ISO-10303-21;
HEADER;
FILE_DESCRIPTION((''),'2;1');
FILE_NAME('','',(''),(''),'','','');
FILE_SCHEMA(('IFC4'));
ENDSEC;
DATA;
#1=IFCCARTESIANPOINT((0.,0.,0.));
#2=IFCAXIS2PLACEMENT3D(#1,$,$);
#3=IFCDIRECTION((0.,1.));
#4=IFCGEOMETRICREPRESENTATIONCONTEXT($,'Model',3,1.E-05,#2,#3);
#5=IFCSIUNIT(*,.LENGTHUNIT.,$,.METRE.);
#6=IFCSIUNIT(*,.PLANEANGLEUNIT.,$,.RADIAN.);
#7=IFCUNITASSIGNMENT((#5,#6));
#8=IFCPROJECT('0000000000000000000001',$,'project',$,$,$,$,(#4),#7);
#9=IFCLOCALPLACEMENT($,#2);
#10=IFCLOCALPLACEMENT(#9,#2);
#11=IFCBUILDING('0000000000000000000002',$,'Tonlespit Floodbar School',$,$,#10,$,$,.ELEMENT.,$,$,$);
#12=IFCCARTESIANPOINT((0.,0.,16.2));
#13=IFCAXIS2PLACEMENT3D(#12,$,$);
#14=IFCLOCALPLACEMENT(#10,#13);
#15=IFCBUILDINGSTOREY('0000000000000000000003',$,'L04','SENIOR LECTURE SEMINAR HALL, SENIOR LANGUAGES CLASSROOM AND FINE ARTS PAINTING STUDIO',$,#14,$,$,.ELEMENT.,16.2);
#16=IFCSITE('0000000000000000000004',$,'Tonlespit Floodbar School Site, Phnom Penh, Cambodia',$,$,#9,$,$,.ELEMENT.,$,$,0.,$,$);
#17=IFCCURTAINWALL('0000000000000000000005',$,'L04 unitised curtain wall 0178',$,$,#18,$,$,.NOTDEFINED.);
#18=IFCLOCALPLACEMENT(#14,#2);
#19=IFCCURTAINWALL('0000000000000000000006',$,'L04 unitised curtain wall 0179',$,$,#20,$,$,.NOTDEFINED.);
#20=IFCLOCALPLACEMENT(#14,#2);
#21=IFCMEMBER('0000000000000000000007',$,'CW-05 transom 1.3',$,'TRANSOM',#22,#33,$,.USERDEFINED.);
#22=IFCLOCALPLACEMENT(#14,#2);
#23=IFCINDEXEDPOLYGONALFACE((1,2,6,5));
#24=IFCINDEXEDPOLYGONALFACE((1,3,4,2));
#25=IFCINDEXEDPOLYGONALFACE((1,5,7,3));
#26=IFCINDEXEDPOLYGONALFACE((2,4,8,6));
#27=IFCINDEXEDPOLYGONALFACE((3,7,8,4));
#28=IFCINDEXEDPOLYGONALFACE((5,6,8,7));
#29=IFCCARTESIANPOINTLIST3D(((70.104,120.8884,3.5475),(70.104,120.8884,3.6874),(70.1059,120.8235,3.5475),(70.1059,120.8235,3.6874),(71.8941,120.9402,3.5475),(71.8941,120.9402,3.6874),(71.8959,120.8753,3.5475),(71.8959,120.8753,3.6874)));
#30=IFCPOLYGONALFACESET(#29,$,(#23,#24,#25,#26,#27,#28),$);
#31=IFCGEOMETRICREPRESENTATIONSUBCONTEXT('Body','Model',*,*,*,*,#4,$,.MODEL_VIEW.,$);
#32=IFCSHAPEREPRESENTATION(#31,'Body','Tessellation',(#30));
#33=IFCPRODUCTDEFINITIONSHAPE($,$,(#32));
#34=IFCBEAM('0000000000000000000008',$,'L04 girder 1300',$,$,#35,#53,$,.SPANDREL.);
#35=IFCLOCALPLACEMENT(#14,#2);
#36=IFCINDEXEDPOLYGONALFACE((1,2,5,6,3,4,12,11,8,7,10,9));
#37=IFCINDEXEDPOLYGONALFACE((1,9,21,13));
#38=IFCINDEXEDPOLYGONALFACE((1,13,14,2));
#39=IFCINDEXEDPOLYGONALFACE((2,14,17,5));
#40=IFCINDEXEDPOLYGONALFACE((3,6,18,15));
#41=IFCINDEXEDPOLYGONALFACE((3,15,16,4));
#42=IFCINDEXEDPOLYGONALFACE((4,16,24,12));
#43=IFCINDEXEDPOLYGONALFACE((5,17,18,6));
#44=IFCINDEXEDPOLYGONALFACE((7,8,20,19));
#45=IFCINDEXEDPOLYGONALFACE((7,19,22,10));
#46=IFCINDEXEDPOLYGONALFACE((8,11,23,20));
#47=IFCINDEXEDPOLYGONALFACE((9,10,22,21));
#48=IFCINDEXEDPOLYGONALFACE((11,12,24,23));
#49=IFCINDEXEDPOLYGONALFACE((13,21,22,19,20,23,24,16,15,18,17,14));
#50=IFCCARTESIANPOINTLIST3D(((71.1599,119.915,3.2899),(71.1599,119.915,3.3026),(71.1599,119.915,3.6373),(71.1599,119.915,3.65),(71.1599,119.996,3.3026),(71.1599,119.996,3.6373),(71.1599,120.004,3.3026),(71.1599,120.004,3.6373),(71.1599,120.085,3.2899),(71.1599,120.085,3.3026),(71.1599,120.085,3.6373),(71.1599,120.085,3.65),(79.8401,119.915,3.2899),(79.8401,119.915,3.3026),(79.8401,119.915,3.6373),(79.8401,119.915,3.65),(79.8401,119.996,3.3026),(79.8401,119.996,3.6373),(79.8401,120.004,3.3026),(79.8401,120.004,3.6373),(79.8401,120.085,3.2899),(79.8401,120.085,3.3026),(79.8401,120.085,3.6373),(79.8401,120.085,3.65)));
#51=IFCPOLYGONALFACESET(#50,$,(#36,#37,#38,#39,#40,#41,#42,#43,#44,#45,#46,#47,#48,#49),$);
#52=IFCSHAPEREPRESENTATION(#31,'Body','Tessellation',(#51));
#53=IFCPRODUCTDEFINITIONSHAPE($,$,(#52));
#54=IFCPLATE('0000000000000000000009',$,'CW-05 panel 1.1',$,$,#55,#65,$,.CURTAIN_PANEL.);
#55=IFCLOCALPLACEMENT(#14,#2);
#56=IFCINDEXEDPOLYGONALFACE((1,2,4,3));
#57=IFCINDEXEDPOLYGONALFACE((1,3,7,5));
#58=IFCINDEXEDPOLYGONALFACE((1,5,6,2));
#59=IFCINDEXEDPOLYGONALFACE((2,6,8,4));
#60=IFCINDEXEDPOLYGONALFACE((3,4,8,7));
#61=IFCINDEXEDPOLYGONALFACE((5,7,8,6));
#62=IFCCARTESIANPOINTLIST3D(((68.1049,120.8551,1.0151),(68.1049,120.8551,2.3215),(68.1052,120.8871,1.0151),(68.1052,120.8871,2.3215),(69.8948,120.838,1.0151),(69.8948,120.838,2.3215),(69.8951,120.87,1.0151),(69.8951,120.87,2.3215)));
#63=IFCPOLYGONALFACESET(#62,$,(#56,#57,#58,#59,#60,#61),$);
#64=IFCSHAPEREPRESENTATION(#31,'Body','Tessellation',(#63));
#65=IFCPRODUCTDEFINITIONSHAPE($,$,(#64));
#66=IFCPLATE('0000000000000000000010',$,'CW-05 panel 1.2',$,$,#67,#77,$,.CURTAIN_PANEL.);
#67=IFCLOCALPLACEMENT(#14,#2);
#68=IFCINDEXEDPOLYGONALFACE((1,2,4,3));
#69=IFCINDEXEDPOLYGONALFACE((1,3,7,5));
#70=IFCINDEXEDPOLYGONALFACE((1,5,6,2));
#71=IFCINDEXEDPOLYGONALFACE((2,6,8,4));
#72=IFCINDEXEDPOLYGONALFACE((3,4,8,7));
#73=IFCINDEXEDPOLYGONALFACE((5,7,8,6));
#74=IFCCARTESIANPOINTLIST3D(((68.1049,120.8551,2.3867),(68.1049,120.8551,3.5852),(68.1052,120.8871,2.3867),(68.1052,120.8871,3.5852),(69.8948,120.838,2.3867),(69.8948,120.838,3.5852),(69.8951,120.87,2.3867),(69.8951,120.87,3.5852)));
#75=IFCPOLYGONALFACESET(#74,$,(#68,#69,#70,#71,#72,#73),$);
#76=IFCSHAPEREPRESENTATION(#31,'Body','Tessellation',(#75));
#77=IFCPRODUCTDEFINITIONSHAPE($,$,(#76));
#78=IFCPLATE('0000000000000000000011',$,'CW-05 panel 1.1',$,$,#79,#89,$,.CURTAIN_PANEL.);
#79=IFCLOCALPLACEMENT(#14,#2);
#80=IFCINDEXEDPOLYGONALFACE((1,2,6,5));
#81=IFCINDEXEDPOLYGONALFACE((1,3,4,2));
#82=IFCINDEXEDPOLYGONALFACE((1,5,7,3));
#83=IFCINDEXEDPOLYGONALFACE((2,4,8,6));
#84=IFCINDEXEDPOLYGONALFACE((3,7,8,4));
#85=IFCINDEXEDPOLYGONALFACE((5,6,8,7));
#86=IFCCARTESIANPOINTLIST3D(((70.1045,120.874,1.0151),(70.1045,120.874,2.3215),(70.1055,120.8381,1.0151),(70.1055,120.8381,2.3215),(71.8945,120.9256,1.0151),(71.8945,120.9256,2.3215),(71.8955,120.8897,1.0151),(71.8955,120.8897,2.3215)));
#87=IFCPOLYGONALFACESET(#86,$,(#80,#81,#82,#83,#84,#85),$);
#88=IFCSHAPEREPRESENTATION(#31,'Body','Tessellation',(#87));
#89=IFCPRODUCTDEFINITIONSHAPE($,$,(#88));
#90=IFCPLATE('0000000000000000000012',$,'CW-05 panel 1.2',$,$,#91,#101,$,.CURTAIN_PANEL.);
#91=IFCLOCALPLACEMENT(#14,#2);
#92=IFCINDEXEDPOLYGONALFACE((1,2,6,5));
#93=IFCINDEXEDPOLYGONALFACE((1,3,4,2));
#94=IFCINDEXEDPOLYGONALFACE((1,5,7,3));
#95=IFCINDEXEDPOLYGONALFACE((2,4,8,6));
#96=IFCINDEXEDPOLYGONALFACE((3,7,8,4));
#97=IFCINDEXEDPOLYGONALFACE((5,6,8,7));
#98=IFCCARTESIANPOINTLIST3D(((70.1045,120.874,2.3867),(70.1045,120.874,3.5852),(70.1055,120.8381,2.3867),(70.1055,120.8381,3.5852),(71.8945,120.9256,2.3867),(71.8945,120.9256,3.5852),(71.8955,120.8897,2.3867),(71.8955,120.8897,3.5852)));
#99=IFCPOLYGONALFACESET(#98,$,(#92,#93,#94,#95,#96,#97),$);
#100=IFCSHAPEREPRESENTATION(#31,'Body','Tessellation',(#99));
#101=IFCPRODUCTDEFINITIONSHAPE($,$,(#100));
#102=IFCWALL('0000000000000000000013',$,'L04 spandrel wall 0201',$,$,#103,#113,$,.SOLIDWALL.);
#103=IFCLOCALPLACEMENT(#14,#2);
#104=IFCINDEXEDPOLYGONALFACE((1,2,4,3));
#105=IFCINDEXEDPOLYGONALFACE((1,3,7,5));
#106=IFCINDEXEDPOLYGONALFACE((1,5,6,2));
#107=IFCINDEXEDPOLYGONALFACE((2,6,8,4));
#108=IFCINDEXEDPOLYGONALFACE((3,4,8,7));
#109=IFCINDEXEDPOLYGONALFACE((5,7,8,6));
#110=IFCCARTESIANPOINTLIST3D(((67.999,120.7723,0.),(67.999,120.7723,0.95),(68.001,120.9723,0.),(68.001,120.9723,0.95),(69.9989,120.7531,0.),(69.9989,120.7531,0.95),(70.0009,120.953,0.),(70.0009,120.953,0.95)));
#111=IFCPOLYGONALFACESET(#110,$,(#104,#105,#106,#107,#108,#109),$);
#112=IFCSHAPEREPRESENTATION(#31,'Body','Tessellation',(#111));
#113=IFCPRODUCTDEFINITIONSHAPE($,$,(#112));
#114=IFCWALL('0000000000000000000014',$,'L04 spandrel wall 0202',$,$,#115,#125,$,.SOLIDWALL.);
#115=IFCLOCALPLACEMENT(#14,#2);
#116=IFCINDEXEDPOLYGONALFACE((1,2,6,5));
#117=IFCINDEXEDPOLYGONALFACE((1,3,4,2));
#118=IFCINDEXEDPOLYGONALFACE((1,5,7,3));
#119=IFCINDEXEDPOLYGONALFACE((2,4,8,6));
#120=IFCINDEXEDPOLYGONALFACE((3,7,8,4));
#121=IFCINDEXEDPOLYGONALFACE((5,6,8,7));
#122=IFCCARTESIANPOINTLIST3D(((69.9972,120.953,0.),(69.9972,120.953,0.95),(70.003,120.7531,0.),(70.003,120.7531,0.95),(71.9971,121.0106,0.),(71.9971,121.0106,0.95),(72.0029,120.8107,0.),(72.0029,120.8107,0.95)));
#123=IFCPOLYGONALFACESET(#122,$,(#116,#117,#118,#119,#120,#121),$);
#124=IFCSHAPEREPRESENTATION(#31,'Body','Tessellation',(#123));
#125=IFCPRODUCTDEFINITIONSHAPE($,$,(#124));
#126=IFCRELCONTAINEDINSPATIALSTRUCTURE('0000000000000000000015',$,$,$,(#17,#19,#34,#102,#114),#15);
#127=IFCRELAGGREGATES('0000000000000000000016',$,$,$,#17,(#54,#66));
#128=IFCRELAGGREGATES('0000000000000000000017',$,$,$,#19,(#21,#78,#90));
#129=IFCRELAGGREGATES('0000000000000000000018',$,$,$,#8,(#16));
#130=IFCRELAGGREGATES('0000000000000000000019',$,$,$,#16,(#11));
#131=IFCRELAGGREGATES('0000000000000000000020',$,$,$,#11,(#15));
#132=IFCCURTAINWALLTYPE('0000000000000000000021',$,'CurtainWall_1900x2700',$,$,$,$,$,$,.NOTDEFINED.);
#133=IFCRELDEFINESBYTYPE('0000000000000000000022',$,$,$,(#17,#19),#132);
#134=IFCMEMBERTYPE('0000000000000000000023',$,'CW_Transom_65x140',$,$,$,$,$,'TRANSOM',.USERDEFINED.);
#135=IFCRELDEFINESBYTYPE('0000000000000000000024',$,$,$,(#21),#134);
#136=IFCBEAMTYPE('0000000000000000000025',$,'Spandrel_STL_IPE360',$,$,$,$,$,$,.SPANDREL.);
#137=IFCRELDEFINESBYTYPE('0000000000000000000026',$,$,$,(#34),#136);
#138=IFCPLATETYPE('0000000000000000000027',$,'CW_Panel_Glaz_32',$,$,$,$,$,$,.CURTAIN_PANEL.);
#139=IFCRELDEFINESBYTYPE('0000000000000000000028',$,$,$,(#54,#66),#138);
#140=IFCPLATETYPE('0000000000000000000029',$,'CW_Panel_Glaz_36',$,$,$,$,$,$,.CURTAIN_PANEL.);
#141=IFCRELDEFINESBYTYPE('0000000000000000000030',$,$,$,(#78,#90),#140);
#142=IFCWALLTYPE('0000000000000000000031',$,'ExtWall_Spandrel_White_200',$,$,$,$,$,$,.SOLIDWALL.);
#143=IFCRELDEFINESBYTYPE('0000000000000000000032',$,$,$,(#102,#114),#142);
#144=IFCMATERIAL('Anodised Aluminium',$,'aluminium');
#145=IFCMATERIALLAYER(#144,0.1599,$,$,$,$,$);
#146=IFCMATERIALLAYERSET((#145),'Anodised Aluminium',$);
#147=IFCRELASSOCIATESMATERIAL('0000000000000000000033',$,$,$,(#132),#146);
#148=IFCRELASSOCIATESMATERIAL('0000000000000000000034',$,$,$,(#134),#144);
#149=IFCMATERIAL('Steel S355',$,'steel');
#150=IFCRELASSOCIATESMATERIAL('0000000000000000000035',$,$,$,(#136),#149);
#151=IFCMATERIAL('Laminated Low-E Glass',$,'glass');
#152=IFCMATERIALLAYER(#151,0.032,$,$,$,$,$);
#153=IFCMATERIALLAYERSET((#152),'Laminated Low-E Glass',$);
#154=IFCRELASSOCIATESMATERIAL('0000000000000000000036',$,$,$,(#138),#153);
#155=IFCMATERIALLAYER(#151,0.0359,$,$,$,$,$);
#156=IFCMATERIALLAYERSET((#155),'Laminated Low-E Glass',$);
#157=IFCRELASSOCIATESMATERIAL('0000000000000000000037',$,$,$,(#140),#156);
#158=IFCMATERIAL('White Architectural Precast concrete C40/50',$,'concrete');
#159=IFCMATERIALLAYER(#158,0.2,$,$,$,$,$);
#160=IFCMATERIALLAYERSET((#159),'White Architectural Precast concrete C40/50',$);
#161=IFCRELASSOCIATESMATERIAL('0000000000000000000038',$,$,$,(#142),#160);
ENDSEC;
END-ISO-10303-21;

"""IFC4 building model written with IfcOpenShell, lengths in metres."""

from ifc_helpers import new_model, si_unit, direction, frame, frame_2d, origin, origin_2d, place, context, subcontext, project, spatial, rectangle, i_section, extrude, material, layer, layer_set, material_profile, profile_set, type_object, element, aggregate, save


model = new_model("IFC4")

# Units and contexts
model_context = context("Model", 3, precision=1e-05, world=origin(), true_north=direction((0.0, 1.0)))
body_context = subcontext(model_context, "Body", "Model", "MODEL_VIEW")
ifc_project = project(units=[si_unit("LENGTHUNIT", "METRE"), si_unit("PLANEANGLEUNIT", "RADIAN")], contexts=[model_context])

# Site, building, storey
site_placement = place(None, origin())
site = spatial("IfcSite", under=ifc_project, at=site_placement, Name="Tonlespit Floodbar School Site, Phnom Penh, Cambodia", CompositionType="ELEMENT", RefElevation=0.0)
building_placement = place(site_placement, origin())
building = spatial("IfcBuilding", under=site, at=building_placement, Name="Tonlespit Floodbar School", CompositionType="ELEMENT")
storey_placement = place(building_placement, frame((0.0, 0.0, 16.2)))
storey = spatial("IfcBuildingStorey", under=building, at=storey_placement, Name="L04", Description="SENIOR LECTURE SEMINAR HALL, SENIOR LANGUAGES CLASSROOM AND FINE ARTS PAINTING STUDIO", CompositionType="ELEMENT", Elevation=16.2)

# Curtain wall
ifc_material_1 = material(Name="Anodised Aluminium", Category="aluminium")
ifc_layer_1 = layer(ifc_material_1, 0.1599)
ifc_layer_set_1 = layer_set([ifc_layer_1], Name="Anodised Aluminium")
curtain_wall_type = type_object("IfcCurtainWallType", Name="CurtainWall_1900x2700", PredefinedType="NOTDEFINED", material=ifc_layer_set_1)
curtain_wall_1_placement = place(storey_placement, origin())
curtain_wall_1 = element("IfcCurtainWall", 1, at=curtain_wall_1_placement, inside=storey, type_object=curtain_wall_type, Name="L04 unitised curtain wall 0178", PredefinedType="NOTDEFINED")

# Curtain wall
curtain_wall_2_placement = place(storey_placement, origin())
curtain_wall_2 = element("IfcCurtainWall", 2, at=curtain_wall_2_placement, inside=storey, type_object=curtain_wall_type, Name="L04 unitised curtain wall 0179", PredefinedType="NOTDEFINED")

# Member
ifc_material_profile_1 = material_profile(ifc_material_1, rectangle(XDim=0.0649, YDim=0.1399, at=origin_2d()), Name="ALU T65x140")
ifc_profile_set_1 = profile_set([ifc_material_profile_1], Name="Anodised Aluminium")
member_type_1 = type_object("IfcMemberType", Name="CW_Transom_65x140", ElementType="TRANSOM", PredefinedType="USERDEFINED", material=ifc_profile_set_1)
member_1_placement = place(storey_placement, frame((70.105, 120.856, 3.6174), z_axis=(0.999582, 0.028902, 0.0), x_axis=(-0.028902, 0.999582, 0.0)))
member_1 = element("IfcMember", 3, at=member_1_placement, type_object=member_type_1, Name="CW-05 transom 1.3", ObjectType="TRANSOM", PredefinedType="USERDEFINED", context=body_context, shape_type="SweptSolid", body=[
    extrude(rectangle(XDim=0.0649, YDim=0.1399, at=origin_2d()), origin(), (0.0, 0.0, 1.0), 1.7908),
])

# Beam
ifc_material_2 = material(Name="Steel S355", Category="steel")
ifc_material_profile_2 = material_profile(ifc_material_2, i_section(OverallWidth=0.1699, OverallDepth=0.3601, WebThickness=0.0081, FlangeThickness=0.0127, at=origin_2d()), Name="IPE 360")
ifc_profile_set_2 = profile_set([ifc_material_profile_2], Name="Steel S355")
beam_type_1 = type_object("IfcBeamType", Name="Spandrel_STL_IPE360", PredefinedType="SPANDREL", material=ifc_profile_set_2)
beam_1_placement = place(storey_placement, frame((71.1599, 120.0, 3.47), z_axis=(1.0, 0.0, 0.0), x_axis=(0.0, 1.0, 0.0)))
element("IfcBeam", 4, at=beam_1_placement, inside=storey, type_object=beam_type_1, Name="L04 girder 1300", PredefinedType="SPANDREL", context=body_context, shape_type="SweptSolid", body=[
    extrude(i_section(OverallWidth=0.1699, OverallDepth=0.3601, WebThickness=0.0081, FlangeThickness=0.0127, at=origin_2d()), origin(), (0.0, 0.0, 1.0), 8.6802),
])

# Plates
ifc_material_3 = material(Name="Laminated Low-E Glass", Category="glass")
ifc_layer_2 = layer(ifc_material_3, 0.032)
ifc_layer_set_2 = layer_set([ifc_layer_2], Name="Laminated Low-E Glass")
plate_type_1 = type_object("IfcPlateType", Name="CW_Panel_Glaz_32", PredefinedType="CURTAIN_PANEL", material=ifc_layer_set_2)
plate_1_placement = place(storey_placement, frame((69.0, 120.8625, 1.0151), z_axis=(0.0, 0.0, 1.0), x_axis=(0.999954, -0.009583, 0.0)))
plate_1 = element("IfcPlate", 5, at=plate_1_placement, type_object=plate_type_1, Name="CW-05 panel 1.1", PredefinedType="CURTAIN_PANEL", context=body_context, shape_type="SweptSolid", body=[
    extrude(rectangle(XDim=1.79, YDim=0.032, at=origin_2d()), origin(), (0.0, 0.0, 1.0), 1.3064),
])
plate_2_placement = place(storey_placement, frame((69.0, 120.8625, 2.3867), z_axis=(0.0, 0.0, 1.0), x_axis=(0.999954, -0.009583, 0.0)))
plate_2 = element("IfcPlate", 6, at=plate_2_placement, type_object=plate_type_1, Name="CW-05 panel 1.2", PredefinedType="CURTAIN_PANEL", context=body_context, shape_type="SweptSolid", body=[
    extrude(rectangle(XDim=1.79, YDim=0.032, at=origin_2d()), origin(), (0.0, 0.0, 1.0), 1.1985),
])
aggregate(curtain_wall_1, [plate_1, plate_2])
ifc_layer_3 = layer(ifc_material_3, 0.0359)
ifc_layer_set_3 = layer_set([ifc_layer_3], Name="Laminated Low-E Glass")
plate_type_2 = type_object("IfcPlateType", Name="CW_Panel_Glaz_36", PredefinedType="CURTAIN_PANEL", material=ifc_layer_set_3)
plate_3_placement = place(storey_placement, frame((71.0, 120.8818, 1.0151), z_axis=(0.0, 0.0, 1.0), x_axis=(0.999585, 0.02879, 0.0)))
plate_3 = element("IfcPlate", 7, at=plate_3_placement, type_object=plate_type_2, Name="CW-05 panel 1.1", PredefinedType="CURTAIN_PANEL", context=body_context, shape_type="SweptSolid", body=[
    extrude(rectangle(XDim=1.7908, YDim=0.0359, at=origin_2d()), origin(), (0.0, 0.0, 1.0), 1.3064),
])
plate_4_placement = place(storey_placement, frame((71.0, 120.8818, 2.3867), z_axis=(0.0, 0.0, 1.0), x_axis=(0.999585, 0.02879, 0.0)))
plate_4 = element("IfcPlate", 8, at=plate_4_placement, type_object=plate_type_2, Name="CW-05 panel 1.2", PredefinedType="CURTAIN_PANEL", context=body_context, shape_type="SweptSolid", body=[
    extrude(rectangle(XDim=1.7908, YDim=0.0359, at=origin_2d()), origin(), (0.0, 0.0, 1.0), 1.1985),
])
aggregate(curtain_wall_2, [member_1, plate_3, plate_4])

# Walls
ifc_material_4 = material(Name="White Architectural Precast concrete C40/50", Category="concrete")
ifc_layer_4 = layer(ifc_material_4, 0.2)
ifc_layer_set_4 = layer_set([ifc_layer_4], Name="White Architectural Precast concrete C40/50")
wall_type = type_object("IfcWallType", Name="ExtWall_Spandrel_White_200", PredefinedType="SOLIDWALL", material=ifc_layer_set_4)
wall_1_placement = place(storey_placement, frame((68.0, 120.8723, 0.0), z_axis=(0.0, 0.0, 1.0), x_axis=(0.999954, -0.009643, 0.0)))
element("IfcWall", 9, at=wall_1_placement, inside=storey, type_object=wall_type, Name="L04 spandrel wall 0201", PredefinedType="SOLIDWALL", context=body_context, shape_type="SweptSolid", body=[
    extrude(rectangle(XDim=2.0, YDim=0.2, at=frame_2d((1.0, 0.0))), origin(), (0.0, 0.0, 1.0), 0.95),
])
wall_2_placement = place(storey_placement, frame((70.0, 120.853, 0.0), z_axis=(0.0, 0.0, 1.0), x_axis=(0.999585, 0.028797, 0.0)))
element("IfcWall", 10, at=wall_2_placement, inside=storey, type_object=wall_type, Name="L04 spandrel wall 0202", PredefinedType="SOLIDWALL", context=body_context, shape_type="SweptSolid", body=[
    extrude(rectangle(XDim=2.0007, YDim=0.2, at=frame_2d((1.0005, 0.0))), origin(), (0.0, 0.0, 1.0), 0.95),
])

save(model, "model.ifc")
